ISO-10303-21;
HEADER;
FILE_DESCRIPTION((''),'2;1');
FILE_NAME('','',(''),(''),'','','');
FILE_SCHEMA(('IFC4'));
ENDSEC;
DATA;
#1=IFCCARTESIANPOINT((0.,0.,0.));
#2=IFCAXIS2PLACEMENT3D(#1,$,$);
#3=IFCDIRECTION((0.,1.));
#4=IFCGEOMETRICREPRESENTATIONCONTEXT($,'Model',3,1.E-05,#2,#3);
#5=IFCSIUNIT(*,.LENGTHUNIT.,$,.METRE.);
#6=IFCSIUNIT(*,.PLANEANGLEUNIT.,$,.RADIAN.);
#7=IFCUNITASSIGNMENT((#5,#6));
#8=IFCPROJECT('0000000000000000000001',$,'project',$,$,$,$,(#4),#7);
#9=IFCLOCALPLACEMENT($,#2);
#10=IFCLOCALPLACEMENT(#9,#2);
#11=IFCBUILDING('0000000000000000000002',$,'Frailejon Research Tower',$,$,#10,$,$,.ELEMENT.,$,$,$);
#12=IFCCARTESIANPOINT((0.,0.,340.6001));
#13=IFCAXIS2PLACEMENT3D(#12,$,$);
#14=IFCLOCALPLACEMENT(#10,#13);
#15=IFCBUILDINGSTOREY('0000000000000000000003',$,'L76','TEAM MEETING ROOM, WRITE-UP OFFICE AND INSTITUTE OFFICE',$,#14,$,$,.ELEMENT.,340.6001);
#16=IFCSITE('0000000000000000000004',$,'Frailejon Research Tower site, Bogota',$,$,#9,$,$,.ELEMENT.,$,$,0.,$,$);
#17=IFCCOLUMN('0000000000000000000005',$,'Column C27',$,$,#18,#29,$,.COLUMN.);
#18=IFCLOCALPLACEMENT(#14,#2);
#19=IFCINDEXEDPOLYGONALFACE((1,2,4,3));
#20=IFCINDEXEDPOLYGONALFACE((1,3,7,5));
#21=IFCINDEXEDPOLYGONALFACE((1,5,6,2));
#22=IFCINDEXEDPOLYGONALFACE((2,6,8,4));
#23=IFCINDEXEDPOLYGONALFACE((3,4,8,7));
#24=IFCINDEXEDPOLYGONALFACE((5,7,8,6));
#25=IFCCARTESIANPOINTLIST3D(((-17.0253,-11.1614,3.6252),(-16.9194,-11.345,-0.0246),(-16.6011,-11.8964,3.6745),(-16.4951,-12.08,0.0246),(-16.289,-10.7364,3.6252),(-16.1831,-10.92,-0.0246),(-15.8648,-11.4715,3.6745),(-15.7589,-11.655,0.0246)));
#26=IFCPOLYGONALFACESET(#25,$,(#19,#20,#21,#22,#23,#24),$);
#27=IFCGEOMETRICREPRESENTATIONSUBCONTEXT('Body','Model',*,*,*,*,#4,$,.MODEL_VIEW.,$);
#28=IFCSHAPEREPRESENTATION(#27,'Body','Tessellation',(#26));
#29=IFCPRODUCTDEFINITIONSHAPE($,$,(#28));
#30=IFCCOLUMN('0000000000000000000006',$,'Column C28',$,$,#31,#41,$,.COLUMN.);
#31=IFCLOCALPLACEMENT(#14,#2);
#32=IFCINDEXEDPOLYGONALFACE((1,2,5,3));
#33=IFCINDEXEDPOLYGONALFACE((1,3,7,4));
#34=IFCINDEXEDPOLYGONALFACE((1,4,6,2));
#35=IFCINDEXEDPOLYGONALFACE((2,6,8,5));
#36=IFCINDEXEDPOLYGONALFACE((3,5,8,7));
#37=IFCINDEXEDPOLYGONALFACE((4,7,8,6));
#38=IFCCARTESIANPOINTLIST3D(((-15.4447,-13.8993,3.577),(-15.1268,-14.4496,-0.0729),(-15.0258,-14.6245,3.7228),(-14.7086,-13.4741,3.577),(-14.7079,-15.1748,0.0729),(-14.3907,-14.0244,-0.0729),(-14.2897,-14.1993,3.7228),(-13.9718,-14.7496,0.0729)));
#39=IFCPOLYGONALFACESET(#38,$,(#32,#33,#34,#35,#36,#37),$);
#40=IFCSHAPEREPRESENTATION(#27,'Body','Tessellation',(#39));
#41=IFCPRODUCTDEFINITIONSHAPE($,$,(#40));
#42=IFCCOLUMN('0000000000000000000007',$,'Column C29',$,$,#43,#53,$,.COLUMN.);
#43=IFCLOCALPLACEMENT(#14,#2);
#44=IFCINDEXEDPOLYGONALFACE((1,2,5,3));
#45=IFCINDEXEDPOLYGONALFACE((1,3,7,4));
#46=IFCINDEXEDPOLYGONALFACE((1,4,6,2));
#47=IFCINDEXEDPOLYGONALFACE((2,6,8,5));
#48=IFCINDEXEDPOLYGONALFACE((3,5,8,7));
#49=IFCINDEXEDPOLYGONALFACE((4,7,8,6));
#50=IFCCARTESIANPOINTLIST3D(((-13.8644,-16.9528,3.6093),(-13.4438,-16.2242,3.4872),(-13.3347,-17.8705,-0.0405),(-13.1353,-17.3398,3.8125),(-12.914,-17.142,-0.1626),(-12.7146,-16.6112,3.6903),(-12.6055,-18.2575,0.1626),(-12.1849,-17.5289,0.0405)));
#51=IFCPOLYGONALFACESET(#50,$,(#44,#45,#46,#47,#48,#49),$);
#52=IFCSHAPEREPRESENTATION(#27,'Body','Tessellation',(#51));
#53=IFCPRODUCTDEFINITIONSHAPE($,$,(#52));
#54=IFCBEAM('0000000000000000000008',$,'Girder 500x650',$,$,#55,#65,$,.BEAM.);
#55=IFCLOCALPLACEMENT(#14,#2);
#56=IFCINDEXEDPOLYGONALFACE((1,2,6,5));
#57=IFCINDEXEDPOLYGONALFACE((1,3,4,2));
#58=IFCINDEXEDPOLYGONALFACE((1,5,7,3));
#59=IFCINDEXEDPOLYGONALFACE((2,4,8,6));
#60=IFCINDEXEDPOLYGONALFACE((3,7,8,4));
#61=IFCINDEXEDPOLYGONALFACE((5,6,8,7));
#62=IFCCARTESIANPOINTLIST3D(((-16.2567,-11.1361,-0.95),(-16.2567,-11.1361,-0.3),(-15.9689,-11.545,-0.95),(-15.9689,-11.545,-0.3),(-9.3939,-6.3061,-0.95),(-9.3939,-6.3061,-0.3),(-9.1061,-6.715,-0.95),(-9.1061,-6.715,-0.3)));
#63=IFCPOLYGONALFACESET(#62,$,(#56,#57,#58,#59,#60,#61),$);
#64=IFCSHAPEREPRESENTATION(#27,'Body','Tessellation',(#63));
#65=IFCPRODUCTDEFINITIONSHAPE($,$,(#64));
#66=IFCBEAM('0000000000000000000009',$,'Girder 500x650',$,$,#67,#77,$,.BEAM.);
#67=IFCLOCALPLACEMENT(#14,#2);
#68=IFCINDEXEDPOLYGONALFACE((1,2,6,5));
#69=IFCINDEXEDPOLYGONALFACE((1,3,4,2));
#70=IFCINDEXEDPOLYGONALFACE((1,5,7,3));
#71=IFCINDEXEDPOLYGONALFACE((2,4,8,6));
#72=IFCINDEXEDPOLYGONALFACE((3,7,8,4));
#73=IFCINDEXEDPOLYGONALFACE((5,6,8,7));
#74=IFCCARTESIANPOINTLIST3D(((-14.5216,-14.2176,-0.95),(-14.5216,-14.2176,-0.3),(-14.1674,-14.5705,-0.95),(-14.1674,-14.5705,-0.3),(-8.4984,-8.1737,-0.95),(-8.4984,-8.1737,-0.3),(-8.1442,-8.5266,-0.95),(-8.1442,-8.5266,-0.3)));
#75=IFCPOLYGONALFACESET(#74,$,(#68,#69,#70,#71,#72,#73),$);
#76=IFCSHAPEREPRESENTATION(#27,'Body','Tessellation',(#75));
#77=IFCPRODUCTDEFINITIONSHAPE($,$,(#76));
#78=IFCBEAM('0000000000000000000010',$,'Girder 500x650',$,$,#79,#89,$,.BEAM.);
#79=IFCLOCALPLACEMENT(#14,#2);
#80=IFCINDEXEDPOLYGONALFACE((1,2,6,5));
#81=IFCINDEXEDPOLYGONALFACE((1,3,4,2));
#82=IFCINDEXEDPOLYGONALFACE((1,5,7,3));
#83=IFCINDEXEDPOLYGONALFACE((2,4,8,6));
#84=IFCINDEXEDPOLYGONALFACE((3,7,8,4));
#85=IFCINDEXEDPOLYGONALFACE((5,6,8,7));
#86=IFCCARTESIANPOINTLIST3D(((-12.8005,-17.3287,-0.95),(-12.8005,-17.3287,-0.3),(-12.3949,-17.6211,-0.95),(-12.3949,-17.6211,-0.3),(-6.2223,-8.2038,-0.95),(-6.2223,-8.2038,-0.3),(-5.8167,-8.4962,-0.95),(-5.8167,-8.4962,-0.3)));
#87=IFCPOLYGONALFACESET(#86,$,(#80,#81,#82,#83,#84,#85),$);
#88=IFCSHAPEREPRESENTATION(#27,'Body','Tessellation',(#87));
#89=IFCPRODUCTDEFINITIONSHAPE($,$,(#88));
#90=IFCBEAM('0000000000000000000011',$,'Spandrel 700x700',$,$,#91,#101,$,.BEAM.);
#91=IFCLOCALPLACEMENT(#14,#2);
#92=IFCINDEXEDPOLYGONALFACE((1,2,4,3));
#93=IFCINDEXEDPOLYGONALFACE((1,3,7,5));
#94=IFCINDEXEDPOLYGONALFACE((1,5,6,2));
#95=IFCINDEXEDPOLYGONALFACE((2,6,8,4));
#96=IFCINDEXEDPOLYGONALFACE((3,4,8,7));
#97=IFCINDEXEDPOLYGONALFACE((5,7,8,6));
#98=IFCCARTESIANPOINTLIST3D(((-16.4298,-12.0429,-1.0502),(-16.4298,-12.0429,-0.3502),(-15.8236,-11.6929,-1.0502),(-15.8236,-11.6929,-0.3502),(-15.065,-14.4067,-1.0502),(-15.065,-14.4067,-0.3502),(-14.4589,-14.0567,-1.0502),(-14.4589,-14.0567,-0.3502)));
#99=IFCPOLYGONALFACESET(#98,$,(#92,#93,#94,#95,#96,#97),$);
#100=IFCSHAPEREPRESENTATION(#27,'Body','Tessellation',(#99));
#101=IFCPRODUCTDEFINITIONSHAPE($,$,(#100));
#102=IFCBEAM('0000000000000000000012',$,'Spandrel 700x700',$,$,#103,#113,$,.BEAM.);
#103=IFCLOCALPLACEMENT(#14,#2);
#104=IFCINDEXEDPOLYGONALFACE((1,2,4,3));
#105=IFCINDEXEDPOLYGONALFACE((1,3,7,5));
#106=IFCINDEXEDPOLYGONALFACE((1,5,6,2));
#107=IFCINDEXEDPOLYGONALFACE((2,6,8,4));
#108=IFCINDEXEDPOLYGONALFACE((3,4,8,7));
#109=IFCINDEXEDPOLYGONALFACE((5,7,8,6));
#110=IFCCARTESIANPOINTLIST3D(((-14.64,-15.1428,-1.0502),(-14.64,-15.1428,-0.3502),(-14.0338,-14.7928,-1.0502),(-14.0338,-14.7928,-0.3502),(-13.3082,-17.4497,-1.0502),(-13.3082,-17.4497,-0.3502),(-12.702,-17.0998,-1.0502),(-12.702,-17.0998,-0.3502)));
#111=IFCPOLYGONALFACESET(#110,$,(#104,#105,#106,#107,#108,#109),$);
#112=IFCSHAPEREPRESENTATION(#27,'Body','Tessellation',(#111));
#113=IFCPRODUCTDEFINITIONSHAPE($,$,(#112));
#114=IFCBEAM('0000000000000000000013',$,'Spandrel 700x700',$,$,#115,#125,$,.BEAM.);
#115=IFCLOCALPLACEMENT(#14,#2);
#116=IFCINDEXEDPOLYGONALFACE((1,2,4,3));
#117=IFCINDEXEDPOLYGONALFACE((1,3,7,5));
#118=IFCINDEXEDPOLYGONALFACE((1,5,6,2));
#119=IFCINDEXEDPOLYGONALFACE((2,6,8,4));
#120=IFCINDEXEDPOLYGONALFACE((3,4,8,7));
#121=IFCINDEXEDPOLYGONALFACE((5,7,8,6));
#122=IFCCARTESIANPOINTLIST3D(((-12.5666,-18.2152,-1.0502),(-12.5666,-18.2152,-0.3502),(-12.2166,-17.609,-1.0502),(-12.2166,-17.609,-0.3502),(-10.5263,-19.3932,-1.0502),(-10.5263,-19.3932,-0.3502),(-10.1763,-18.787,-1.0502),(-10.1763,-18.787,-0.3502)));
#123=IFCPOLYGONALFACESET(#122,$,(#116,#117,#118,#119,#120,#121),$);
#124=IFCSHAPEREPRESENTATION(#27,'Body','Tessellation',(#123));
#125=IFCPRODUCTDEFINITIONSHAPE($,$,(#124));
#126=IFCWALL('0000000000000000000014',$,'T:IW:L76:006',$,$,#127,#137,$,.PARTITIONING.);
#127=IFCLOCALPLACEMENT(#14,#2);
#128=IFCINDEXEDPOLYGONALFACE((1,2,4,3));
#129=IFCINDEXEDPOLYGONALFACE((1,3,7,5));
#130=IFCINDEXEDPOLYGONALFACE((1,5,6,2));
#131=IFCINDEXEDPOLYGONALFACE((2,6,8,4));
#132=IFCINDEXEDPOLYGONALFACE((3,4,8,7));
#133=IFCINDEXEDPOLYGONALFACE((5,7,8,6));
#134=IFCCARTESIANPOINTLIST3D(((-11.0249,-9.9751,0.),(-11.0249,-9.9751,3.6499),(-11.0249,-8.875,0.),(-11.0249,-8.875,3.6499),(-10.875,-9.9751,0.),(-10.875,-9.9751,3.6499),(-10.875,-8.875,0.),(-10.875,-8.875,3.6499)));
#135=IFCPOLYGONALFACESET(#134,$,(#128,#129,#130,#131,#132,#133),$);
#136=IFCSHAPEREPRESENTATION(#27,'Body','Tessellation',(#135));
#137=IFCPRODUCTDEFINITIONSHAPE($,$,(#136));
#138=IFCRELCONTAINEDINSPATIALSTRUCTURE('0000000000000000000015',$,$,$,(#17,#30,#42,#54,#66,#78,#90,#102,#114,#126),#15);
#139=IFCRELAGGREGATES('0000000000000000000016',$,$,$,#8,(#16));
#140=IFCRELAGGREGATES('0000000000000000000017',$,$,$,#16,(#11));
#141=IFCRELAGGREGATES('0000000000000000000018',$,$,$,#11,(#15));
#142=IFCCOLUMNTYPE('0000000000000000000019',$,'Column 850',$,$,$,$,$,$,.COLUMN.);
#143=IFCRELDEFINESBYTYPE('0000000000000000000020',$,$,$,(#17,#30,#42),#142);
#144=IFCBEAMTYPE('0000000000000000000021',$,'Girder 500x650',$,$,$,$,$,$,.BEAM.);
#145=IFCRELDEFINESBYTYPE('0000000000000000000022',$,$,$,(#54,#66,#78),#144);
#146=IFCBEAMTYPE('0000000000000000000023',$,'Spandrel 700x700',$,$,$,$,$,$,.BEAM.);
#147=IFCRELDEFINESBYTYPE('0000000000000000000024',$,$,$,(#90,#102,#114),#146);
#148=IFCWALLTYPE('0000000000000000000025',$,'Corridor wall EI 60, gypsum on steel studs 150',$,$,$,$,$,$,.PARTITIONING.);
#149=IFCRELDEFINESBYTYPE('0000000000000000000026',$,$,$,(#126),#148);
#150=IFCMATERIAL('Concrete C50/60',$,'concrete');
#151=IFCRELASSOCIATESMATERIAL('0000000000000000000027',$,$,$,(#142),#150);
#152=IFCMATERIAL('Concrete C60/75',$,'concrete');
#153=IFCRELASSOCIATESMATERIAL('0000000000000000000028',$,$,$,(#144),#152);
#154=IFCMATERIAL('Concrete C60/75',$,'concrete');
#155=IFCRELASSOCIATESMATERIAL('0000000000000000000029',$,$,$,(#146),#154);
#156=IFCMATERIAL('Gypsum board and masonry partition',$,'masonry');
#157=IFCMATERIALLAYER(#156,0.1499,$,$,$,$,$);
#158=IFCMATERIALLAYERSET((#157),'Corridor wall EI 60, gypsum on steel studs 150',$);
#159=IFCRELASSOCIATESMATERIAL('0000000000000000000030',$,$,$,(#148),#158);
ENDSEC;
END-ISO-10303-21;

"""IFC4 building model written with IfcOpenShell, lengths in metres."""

from ifc_helpers import new_model, si_unit, direction, frame, frame_2d, origin, origin_2d, place, context, subcontext, project, spatial, rectangle, extrude, material, layer, layer_set, material_profile, profile_set, type_object, element, save


model = new_model("IFC4")

# Units and contexts
model_context = context("Model", 3, precision=1e-05, world=origin(), true_north=direction((0.0, 1.0)))
body_context = subcontext(model_context, "Body", "Model", "MODEL_VIEW")
ifc_project = project(units=[si_unit("LENGTHUNIT", "METRE"), si_unit("PLANEANGLEUNIT", "RADIAN")], contexts=[model_context])

# Site, building, storey
site_placement = place(None, origin())
site = spatial("IfcSite", under=ifc_project, at=site_placement, Name="Frailejon Research Tower site, Bogota", CompositionType="ELEMENT", RefElevation=0.0)
building_placement = place(site_placement, origin())
building = spatial("IfcBuilding", under=site, at=building_placement, Name="Frailejon Research Tower", CompositionType="ELEMENT")
storey_placement = place(building_placement, frame((0.0, 0.0, 340.6001)))
storey = spatial("IfcBuildingStorey", under=building, at=storey_placement, Name="L76", Description="TEAM MEETING ROOM, WRITE-UP OFFICE AND INSTITUTE OFFICE", CompositionType="ELEMENT", Elevation=340.6001)

# Columns
ifc_material_1 = material(Name="Concrete C50/60", Category="concrete")
ifc_material_profile_1 = material_profile(ifc_material_1, rectangle(XDim=0.8501, YDim=0.8501, at=origin_2d()), Name="Column 850")
ifc_profile_set_1 = profile_set([ifc_material_profile_1], Name="Concrete C50/60")
column_type = type_object("IfcColumnType", Name="Column 850", PredefinedType="COLUMN", material=ifc_profile_set_1)
column_1_placement = place(storey_placement, frame((-16.3391, -11.5, 0.0), z_axis=(-0.028981, 0.050216, 0.998318), x_axis=(0.499031, -0.864642, 0.057979)))
element("IfcColumn", 1, at=column_1_placement, inside=storey, type_object=column_type, Name="Column C27", PredefinedType="COLUMN", context=body_context, shape_type="SweptSolid", body=[
    extrude(rectangle(XDim=0.8501, YDim=0.8501, at=origin_2d()), origin(), (0.0, 0.0, 1.0), 3.656),
])
column_2_placement = place(storey_placement, frame((-14.5493, -14.5996, 0.0), z_axis=(-0.085799, 0.148535, 0.985178), x_axis=(0.492791, -0.853073, 0.171534)))
element("IfcColumn", 2, at=column_2_placement, inside=storey, type_object=column_type, Name="Column C28", PredefinedType="COLUMN", context=body_context, shape_type="SweptSolid", body=[
    extrude(rectangle(XDim=0.8501, YDim=0.8501, at=origin_2d()), origin(), (0.0, 0.0, 1.0), 3.7048),
])
column_3_placement = place(storey_placement, frame((-12.7598, -17.6997, 0.0), z_axis=(-0.139395, 0.241467, 0.960345), x_axis=(0.857735, -0.455184, 0.238951)))
element("IfcColumn", 3, at=column_3_placement, inside=storey, type_object=column_type, Name="Column C29", PredefinedType="COLUMN", context=body_context, shape_type="SweptSolid", body=[
    extrude(rectangle(XDim=0.8501, YDim=0.8501, at=origin_2d()), origin(), (0.0, 0.0, 1.0), 3.8005),
])

# Beams
ifc_material_2 = material(Name="Concrete C60/75", Category="concrete")
ifc_material_profile_2 = material_profile(ifc_material_2, rectangle(XDim=0.5, YDim=0.6499, at=origin_2d()), Name="Girder 500x650")
ifc_profile_set_2 = profile_set([ifc_material_profile_2], Name="Concrete C60/75")
beam_type_1 = type_object("IfcBeamType", Name="Girder 500x650", PredefinedType="BEAM", material=ifc_profile_set_2)
beam_1_placement = place(storey_placement, frame((-16.1128, -11.3406, -0.625), z_axis=(0.817767, 0.57555, 0.0), x_axis=(-0.57555, 0.817767, 0.0)))
element("IfcBeam", 4, at=beam_1_placement, inside=storey, type_object=beam_type_1, Name="Girder 500x650", PredefinedType="BEAM", context=body_context, shape_type="SweptSolid", body=[
    extrude(rectangle(XDim=0.5, YDim=0.6499, at=origin_2d()), origin(), (0.0, 0.0, 1.0), 8.3921),
])
beam_2_placement = place(storey_placement, frame((-14.3445, -14.394, -0.625), z_axis=(0.70589, 0.708322, 0.0), x_axis=(-0.708322, 0.70589, 0.0)))
element("IfcBeam", 5, at=beam_2_placement, inside=storey, type_object=beam_type_1, Name="Girder 500x650", PredefinedType="BEAM", context=body_context, shape_type="SweptSolid", body=[
    extrude(rectangle(XDim=0.5, YDim=0.6499, at=origin_2d()), origin(), (0.0, 0.0, 1.0), 8.5327),
])
beam_3_placement = place(storey_placement, frame((-12.5977, -17.4749, -0.625), z_axis=(0.584791, 0.811184, 0.0), x_axis=(-0.811184, 0.584791, 0.0)))
element("IfcBeam", 6, at=beam_3_placement, inside=storey, type_object=beam_type_1, Name="Girder 500x650", PredefinedType="BEAM", context=body_context, shape_type="SweptSolid", body=[
    extrude(rectangle(XDim=0.5, YDim=0.6499, at=origin_2d()), origin(), (0.0, 0.0, 1.0), 11.2488),
])
ifc_material_3 = material(Name="Concrete C60/75", Category="concrete")
ifc_material_profile_3 = material_profile(ifc_material_3, rectangle(XDim=0.7, YDim=0.7, at=origin_2d()), Name="Spandrel 700x700")
ifc_profile_set_3 = profile_set([ifc_material_profile_3], Name="Concrete C60/75")
beam_type_2 = type_object("IfcBeamType", Name="Spandrel 700x700", PredefinedType="BEAM", material=ifc_profile_set_3)
beam_4_placement = place(storey_placement, frame((-16.1267, -11.8679, -0.7002), z_axis=(0.500006, -0.866022, 0.0), x_axis=(0.866022, 0.500006, 0.0)))
element("IfcBeam", 7, at=beam_4_placement, inside=storey, type_object=beam_type_2, Name="Spandrel 700x700", PredefinedType="BEAM", context=body_context, shape_type="SweptSolid", body=[
    extrude(rectangle(XDim=0.7, YDim=0.7, at=origin_2d()), origin(), (0.0, 0.0, 1.0), 2.7295),
])
beam_5_placement = place(storey_placement, frame((-14.3369, -14.9678, -0.7002), z_axis=(0.499974, -0.866041, 0.0), x_axis=(0.866041, 0.499974, 0.0)))
element("IfcBeam", 8, at=beam_5_placement, inside=storey, type_object=beam_type_2, Name="Spandrel 700x700", PredefinedType="BEAM", context=body_context, shape_type="SweptSolid", body=[
    extrude(rectangle(XDim=0.7, YDim=0.7, at=origin_2d()), origin(), (0.0, 0.0, 1.0), 2.6638),
])
beam_6_placement = place(storey_placement, frame((-12.3916, -17.9121, -0.7002), z_axis=(0.866022, -0.500007, 0.0), x_axis=(0.500007, 0.866022, 0.0)))
element("IfcBeam", 9, at=beam_6_placement, inside=storey, type_object=beam_type_2, Name="Spandrel 700x700", PredefinedType="BEAM", context=body_context, shape_type="SweptSolid", body=[
    extrude(rectangle(XDim=0.7, YDim=0.7, at=origin_2d()), origin(), (0.0, 0.0, 1.0), 2.356),
])

# Wall
ifc_material_4 = material(Name="Gypsum board and masonry partition", Category="masonry")
ifc_layer_1 = layer(ifc_material_4, 0.1499)
ifc_layer_set_1 = layer_set([ifc_layer_1], Name="Corridor wall EI 60, gypsum on steel studs 150")
wall_type = type_object("IfcWallType", Name="Corridor wall EI 60, gypsum on steel studs 150", PredefinedType="PARTITIONING", material=ifc_layer_set_1)
wall_1_placement = place(storey_placement, frame((-10.95, -9.9751, 0.0), z_axis=(0.0, 0.0, 1.0), x_axis=(0.0, 1.0, 0.0)))
element("IfcWall", 10, at=wall_1_placement, inside=storey, type_object=wall_type, Name="T:IW:L76:006", PredefinedType="PARTITIONING", context=body_context, shape_type="SweptSolid", body=[
    extrude(rectangle(XDim=1.1001, YDim=0.1499, at=frame_2d((0.55, 0.0))), origin(), (0.0, 0.0, 1.0), 3.6499),
])

save(model, "model.ifc")
